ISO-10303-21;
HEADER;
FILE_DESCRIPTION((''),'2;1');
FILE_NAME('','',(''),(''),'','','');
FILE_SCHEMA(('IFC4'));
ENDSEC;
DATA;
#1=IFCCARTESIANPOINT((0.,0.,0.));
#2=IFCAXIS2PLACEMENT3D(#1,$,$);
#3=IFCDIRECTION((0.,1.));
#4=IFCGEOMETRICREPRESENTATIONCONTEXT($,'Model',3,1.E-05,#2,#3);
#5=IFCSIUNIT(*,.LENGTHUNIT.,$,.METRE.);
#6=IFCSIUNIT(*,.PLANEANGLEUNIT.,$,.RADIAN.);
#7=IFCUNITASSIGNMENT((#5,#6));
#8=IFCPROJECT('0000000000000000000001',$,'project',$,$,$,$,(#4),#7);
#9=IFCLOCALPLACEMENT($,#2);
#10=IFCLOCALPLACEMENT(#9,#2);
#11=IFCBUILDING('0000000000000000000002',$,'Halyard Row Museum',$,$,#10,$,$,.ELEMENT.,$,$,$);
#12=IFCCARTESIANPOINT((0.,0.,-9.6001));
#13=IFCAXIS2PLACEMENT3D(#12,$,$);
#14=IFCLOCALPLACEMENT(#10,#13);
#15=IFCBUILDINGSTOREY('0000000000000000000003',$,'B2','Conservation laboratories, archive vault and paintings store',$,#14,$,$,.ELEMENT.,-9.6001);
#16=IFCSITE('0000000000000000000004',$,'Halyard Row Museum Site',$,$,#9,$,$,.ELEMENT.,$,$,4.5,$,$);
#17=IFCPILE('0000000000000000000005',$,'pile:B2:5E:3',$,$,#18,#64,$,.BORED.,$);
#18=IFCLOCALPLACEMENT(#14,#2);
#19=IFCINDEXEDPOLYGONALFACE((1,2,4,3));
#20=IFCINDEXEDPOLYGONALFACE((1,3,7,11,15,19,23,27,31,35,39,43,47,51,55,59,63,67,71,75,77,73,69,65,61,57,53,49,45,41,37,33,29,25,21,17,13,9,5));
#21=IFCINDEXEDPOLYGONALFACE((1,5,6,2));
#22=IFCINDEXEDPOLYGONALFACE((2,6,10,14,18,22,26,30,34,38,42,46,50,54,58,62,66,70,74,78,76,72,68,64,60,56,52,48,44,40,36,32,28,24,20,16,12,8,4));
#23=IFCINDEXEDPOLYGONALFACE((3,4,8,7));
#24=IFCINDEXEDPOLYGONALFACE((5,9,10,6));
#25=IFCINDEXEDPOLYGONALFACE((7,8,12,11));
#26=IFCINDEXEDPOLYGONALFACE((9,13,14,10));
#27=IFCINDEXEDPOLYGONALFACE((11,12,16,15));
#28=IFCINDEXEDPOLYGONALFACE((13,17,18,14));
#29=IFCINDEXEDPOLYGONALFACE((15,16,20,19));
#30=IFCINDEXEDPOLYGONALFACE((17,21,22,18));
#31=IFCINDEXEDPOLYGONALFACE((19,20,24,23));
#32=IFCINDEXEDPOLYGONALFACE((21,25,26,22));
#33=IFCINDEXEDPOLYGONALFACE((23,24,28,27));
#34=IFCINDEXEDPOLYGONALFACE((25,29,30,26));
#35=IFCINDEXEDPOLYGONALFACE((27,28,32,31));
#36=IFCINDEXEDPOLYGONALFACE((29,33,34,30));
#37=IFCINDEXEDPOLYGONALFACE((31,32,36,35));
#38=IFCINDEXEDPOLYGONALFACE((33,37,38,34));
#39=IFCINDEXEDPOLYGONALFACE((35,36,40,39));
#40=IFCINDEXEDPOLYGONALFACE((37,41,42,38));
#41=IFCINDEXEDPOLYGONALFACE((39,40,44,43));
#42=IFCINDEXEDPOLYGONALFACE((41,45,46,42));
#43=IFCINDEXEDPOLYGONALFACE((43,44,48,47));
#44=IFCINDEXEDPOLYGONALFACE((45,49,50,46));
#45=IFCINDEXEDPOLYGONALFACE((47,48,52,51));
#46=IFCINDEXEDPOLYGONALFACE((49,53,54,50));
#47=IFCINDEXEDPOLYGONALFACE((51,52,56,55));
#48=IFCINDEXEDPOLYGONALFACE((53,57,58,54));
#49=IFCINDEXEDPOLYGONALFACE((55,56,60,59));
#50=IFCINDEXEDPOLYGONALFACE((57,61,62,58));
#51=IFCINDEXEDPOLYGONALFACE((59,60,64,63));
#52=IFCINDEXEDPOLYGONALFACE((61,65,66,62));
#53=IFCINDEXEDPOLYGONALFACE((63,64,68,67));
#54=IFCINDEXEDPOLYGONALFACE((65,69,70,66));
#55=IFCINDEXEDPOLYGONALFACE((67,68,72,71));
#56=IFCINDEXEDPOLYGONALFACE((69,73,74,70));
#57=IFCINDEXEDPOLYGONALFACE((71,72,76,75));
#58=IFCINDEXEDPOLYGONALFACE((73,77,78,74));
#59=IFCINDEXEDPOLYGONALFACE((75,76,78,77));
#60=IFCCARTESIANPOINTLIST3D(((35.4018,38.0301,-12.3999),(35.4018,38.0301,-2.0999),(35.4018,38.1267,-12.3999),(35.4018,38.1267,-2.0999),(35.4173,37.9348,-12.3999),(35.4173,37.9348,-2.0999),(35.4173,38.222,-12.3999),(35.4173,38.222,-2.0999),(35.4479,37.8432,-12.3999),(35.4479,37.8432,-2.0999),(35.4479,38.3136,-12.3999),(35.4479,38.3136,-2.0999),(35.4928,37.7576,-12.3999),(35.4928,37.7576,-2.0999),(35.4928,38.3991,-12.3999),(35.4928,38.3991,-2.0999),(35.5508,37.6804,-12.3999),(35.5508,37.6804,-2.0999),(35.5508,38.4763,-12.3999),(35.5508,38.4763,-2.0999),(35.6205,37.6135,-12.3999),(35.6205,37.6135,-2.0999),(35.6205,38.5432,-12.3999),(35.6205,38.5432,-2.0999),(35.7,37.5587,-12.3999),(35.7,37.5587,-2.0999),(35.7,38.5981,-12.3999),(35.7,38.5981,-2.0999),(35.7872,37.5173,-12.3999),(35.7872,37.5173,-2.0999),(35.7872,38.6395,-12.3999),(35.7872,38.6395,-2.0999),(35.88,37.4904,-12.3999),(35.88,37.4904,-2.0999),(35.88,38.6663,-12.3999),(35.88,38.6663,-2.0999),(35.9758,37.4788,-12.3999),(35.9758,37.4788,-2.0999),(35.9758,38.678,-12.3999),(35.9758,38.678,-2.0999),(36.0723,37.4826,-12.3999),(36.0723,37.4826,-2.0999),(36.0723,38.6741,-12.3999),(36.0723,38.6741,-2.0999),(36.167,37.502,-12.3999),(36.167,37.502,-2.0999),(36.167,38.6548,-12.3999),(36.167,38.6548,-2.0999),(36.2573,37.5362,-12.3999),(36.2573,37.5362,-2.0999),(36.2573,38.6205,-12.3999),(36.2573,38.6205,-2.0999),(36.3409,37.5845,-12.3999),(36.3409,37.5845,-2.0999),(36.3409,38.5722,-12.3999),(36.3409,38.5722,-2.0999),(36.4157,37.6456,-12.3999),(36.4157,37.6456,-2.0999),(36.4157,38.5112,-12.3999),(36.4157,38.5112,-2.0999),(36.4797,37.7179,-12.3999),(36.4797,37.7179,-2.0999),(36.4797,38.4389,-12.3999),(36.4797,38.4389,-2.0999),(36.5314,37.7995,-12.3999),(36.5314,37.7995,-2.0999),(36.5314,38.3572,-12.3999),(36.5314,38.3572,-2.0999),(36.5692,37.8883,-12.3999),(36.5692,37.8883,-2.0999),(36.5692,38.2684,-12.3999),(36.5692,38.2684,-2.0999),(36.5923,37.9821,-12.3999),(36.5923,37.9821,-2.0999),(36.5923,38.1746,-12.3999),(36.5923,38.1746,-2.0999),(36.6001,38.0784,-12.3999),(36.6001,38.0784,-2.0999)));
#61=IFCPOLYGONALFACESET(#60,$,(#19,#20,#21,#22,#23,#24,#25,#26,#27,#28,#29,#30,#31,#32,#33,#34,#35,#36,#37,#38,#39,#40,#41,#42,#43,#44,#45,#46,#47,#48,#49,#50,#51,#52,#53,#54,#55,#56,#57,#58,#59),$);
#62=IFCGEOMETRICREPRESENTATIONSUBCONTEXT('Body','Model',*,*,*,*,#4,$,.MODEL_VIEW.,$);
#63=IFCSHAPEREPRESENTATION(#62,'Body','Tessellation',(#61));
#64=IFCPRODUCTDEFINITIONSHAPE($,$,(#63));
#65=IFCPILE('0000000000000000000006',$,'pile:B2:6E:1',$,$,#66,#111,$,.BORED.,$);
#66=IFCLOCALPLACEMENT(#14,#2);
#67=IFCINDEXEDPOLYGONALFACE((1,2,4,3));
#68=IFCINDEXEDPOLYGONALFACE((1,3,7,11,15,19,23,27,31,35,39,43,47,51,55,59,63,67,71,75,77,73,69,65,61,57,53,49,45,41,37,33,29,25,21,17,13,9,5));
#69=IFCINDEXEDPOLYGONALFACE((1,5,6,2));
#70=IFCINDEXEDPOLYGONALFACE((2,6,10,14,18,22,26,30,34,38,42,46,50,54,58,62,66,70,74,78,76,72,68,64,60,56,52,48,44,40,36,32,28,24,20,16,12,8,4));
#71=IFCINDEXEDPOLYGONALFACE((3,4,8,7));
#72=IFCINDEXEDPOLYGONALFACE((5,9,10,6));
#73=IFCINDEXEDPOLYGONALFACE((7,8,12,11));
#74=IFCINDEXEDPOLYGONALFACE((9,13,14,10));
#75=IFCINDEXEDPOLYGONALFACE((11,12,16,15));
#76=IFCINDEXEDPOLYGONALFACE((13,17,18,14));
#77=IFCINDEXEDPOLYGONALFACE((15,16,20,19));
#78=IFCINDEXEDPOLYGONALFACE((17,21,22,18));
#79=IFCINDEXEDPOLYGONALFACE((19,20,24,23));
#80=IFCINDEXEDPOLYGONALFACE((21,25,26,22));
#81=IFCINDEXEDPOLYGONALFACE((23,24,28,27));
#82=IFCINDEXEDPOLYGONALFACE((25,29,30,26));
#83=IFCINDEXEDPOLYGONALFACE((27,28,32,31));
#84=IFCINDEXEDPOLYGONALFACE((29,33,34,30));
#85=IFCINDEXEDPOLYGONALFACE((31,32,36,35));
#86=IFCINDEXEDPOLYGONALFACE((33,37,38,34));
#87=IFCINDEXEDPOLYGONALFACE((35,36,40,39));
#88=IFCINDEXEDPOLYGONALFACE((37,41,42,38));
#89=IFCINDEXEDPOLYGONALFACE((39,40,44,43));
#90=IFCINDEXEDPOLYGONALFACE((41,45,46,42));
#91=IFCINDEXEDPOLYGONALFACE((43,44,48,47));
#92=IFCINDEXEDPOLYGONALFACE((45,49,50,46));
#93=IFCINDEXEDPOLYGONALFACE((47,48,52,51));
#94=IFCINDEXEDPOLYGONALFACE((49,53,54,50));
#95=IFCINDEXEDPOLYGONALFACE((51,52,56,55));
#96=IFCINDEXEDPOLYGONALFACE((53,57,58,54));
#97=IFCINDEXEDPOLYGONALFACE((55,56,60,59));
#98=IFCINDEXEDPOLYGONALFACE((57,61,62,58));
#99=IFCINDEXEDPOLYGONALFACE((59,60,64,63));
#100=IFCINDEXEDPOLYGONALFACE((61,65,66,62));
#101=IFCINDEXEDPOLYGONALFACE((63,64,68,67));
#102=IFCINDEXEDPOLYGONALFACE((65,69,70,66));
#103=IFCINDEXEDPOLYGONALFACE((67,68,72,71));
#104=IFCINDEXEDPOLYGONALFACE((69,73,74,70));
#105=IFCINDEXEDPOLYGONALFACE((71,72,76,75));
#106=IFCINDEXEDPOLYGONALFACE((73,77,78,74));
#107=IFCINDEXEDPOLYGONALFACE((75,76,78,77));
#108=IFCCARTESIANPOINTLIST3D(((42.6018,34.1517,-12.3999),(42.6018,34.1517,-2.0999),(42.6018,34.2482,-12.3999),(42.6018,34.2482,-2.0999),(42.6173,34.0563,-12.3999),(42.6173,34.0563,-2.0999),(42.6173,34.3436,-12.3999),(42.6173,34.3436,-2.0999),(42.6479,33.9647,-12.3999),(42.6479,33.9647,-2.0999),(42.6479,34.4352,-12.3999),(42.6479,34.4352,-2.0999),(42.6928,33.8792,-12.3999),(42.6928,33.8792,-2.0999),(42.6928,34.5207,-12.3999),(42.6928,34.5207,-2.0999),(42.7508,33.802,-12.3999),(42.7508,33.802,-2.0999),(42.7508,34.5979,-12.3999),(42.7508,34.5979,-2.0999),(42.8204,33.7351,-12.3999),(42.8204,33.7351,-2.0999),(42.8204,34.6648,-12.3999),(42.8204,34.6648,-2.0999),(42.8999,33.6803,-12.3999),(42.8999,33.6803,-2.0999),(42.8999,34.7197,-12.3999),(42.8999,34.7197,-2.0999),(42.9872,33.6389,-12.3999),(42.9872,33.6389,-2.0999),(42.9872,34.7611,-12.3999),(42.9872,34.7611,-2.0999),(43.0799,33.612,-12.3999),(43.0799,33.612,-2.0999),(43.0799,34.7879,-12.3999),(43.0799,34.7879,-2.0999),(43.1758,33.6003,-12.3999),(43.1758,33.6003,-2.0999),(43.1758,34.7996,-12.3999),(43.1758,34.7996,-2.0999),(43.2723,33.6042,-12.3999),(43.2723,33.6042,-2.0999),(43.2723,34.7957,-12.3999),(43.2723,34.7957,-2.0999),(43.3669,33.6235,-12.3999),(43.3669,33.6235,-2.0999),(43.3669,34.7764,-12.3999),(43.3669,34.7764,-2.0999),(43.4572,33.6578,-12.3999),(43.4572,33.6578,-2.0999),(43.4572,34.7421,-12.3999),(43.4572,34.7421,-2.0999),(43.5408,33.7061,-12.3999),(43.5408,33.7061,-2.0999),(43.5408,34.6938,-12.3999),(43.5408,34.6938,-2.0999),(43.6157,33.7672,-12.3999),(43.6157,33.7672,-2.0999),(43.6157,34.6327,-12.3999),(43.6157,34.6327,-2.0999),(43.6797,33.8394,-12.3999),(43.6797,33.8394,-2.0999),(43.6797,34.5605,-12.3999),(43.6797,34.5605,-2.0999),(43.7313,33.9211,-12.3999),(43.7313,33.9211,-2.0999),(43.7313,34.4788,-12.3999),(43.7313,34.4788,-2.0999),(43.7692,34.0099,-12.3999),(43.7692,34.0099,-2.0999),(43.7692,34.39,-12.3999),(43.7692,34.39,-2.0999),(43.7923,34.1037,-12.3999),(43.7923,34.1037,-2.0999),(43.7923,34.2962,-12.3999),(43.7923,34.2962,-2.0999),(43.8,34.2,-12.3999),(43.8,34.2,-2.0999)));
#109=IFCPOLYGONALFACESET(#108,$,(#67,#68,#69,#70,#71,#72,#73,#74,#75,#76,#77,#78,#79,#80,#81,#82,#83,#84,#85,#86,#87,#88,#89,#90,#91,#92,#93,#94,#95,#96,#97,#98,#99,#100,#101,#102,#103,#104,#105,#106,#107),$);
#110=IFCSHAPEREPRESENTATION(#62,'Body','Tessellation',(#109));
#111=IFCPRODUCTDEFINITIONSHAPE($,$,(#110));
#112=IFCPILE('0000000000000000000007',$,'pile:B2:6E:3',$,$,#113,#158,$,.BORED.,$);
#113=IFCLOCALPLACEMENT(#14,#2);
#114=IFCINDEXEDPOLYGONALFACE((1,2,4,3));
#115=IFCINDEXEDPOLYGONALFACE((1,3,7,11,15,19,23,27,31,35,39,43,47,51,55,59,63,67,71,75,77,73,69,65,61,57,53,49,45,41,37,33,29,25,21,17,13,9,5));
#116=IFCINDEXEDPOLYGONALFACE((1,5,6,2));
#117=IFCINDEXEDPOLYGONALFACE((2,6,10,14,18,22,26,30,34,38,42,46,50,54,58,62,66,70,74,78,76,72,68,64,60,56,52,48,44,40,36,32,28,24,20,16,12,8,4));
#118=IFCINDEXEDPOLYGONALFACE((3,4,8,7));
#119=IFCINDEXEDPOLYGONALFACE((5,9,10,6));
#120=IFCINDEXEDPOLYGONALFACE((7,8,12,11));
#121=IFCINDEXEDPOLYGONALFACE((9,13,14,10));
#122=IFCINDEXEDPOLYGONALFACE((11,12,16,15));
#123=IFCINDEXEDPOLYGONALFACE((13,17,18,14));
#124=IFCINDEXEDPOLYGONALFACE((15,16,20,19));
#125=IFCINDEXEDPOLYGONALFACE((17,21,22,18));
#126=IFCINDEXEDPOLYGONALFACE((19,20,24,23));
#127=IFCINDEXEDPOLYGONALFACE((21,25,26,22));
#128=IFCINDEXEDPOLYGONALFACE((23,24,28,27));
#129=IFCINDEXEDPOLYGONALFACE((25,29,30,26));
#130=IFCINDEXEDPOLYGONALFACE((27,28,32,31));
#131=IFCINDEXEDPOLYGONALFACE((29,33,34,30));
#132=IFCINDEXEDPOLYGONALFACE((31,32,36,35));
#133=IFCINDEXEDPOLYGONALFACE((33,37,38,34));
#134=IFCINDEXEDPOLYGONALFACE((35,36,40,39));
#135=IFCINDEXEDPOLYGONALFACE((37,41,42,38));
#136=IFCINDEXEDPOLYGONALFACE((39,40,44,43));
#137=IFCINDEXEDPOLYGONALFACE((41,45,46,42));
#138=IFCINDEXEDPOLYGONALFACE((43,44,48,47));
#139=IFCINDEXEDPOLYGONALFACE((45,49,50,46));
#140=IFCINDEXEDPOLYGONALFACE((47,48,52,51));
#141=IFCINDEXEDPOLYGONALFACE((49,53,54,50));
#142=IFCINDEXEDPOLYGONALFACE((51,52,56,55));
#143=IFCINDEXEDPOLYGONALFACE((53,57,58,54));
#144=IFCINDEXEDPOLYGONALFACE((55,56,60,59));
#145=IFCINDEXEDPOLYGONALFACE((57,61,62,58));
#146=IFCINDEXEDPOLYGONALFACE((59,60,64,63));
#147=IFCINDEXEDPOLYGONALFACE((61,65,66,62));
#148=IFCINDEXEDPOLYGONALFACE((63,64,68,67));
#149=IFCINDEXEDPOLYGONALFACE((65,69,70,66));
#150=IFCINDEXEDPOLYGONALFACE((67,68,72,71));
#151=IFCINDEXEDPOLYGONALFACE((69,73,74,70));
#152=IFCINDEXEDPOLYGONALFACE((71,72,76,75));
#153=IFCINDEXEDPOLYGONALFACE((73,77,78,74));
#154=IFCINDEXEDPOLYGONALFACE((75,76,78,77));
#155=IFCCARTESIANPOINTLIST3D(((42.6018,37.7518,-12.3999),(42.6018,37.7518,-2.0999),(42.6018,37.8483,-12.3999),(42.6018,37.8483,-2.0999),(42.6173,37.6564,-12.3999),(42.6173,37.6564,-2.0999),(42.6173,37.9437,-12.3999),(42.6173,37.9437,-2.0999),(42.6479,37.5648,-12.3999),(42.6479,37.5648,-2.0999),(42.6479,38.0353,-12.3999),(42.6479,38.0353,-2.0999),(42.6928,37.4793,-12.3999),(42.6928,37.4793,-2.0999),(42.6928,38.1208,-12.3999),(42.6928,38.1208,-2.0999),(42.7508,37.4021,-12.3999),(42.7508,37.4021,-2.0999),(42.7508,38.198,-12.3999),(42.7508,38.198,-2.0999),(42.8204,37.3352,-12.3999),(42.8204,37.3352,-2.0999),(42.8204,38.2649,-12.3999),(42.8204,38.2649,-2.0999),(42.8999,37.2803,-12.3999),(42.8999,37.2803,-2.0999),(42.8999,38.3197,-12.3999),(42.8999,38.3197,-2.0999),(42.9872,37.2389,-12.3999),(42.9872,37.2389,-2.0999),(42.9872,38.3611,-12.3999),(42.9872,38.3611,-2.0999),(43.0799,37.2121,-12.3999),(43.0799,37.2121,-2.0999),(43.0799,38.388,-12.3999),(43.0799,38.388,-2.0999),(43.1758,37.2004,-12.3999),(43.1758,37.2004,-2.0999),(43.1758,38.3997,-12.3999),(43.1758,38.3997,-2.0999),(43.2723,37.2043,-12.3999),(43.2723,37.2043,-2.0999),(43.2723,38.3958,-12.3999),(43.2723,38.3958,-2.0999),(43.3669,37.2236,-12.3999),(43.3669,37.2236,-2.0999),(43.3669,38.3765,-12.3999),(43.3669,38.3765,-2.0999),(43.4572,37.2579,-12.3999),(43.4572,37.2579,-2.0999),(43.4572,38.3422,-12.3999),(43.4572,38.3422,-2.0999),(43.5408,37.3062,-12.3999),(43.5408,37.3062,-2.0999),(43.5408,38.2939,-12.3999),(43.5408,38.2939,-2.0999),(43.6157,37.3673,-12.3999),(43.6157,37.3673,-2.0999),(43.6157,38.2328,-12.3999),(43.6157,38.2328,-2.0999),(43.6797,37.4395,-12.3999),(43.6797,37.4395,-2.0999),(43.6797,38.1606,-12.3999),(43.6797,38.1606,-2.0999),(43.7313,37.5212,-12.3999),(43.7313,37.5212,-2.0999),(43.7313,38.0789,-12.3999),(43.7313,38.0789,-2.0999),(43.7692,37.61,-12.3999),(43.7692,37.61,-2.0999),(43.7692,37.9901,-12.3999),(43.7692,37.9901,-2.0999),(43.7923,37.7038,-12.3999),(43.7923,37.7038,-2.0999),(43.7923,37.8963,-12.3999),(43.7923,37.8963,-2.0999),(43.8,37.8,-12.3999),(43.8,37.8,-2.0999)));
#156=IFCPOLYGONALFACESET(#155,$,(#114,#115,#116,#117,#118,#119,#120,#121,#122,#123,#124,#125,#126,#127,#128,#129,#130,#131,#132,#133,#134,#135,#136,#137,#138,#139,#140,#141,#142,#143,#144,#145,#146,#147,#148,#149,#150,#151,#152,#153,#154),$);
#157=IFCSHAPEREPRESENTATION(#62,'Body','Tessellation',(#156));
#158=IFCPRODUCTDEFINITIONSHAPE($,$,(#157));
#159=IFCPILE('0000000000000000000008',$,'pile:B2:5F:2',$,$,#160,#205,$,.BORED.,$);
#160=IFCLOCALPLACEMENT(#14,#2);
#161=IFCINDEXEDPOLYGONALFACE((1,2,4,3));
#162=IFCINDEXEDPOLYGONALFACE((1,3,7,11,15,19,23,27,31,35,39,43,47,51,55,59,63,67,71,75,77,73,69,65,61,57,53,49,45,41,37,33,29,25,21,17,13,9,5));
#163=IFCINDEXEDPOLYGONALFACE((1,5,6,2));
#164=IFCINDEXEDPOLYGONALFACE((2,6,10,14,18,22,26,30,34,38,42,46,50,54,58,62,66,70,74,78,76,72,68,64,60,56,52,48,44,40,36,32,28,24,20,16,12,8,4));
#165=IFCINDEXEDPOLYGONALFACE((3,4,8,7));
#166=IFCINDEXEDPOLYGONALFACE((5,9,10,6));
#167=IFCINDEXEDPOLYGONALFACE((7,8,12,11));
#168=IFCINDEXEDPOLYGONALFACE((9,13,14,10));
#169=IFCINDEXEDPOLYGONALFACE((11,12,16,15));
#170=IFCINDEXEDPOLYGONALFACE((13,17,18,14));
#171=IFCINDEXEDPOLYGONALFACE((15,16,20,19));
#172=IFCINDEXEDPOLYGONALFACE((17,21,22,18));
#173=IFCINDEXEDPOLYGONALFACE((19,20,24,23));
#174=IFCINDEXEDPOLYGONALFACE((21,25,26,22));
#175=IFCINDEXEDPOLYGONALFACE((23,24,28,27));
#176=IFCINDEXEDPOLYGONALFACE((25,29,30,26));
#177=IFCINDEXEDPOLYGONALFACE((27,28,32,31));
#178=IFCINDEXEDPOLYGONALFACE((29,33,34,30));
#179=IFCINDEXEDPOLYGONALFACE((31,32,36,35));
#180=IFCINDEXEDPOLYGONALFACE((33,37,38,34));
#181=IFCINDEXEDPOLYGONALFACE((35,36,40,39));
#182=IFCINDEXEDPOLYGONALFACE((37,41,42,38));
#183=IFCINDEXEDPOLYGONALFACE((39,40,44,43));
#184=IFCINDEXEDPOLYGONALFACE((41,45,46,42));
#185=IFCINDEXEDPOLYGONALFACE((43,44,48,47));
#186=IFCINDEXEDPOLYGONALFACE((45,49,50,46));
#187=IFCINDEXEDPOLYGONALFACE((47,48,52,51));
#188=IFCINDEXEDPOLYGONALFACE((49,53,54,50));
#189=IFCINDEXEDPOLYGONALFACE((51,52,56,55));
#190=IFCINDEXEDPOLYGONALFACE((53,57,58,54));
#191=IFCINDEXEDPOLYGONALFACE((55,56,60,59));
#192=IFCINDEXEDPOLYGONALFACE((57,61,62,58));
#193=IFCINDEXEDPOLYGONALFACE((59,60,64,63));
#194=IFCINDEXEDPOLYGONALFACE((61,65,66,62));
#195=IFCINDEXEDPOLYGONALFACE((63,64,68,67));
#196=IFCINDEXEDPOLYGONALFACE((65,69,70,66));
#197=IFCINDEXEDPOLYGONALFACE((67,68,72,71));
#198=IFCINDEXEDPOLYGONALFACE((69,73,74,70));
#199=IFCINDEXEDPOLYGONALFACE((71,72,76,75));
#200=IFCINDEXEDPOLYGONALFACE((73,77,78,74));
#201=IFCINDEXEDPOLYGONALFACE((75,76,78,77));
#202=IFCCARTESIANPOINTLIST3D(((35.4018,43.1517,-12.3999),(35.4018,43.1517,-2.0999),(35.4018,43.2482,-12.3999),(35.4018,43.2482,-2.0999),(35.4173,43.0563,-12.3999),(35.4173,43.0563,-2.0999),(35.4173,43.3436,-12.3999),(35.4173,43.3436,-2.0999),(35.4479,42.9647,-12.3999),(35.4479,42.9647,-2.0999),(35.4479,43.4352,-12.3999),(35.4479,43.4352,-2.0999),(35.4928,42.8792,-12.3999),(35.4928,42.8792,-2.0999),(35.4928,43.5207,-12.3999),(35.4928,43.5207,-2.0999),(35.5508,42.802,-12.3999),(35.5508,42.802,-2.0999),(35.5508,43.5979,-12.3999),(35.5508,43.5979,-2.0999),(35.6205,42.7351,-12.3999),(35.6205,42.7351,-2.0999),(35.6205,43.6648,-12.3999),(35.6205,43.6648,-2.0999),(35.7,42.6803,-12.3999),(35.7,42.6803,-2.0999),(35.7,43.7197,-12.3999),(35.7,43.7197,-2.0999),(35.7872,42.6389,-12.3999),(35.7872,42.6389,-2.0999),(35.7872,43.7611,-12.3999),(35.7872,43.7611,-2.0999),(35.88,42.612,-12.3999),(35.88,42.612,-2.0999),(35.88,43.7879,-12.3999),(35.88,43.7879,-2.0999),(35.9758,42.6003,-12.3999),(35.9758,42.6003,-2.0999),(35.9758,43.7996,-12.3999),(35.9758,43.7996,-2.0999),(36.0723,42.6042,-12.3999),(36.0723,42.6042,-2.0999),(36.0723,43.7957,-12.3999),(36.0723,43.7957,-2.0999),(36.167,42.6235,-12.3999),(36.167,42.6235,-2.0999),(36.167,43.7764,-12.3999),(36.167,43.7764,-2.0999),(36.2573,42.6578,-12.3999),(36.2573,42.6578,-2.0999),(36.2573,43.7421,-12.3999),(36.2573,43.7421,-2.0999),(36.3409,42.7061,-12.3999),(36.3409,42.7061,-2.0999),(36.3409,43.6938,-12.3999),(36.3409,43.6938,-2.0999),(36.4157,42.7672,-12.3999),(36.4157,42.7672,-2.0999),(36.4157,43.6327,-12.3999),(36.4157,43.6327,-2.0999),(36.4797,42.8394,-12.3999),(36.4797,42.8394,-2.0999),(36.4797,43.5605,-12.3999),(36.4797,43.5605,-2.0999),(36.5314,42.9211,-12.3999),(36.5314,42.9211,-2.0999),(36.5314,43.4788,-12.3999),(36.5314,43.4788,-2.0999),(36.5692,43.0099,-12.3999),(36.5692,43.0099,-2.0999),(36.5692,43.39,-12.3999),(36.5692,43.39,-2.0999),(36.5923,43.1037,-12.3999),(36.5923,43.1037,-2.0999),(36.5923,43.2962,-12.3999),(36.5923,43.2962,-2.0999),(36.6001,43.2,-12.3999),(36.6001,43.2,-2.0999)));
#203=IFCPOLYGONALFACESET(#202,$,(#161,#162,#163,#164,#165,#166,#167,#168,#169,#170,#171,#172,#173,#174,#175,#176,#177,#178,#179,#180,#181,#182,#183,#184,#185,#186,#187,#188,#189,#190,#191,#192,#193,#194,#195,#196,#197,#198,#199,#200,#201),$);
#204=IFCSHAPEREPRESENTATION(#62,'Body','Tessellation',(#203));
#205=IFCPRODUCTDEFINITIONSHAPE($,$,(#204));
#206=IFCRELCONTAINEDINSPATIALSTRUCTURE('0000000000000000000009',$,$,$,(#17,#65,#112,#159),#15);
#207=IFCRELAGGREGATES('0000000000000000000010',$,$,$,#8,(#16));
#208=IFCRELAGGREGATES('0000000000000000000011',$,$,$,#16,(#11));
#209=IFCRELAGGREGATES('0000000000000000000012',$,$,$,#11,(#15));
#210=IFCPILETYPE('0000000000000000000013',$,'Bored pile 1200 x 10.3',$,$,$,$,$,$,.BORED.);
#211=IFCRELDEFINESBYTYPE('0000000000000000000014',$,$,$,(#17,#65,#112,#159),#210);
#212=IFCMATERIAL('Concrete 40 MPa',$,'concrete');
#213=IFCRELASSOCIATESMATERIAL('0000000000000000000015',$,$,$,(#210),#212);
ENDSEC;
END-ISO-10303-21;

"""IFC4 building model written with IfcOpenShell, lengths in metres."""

from ifc_helpers import new_model, si_unit, direction, frame, origin, origin_2d, place, context, subcontext, project, spatial, circle, extrude, material, material_profile, profile_set, type_object, element, save


model = new_model("IFC4")

# Units and contexts
model_context = context("Model", 3, precision=1e-05, world=origin(), true_north=direction((0.0, 1.0)))
body_context = subcontext(model_context, "Body", "Model", "MODEL_VIEW")
ifc_project = project(units=[si_unit("LENGTHUNIT", "METRE"), si_unit("PLANEANGLEUNIT", "RADIAN")], contexts=[model_context])

# Site, building, storey
site_placement = place(None, origin())
site = spatial("IfcSite", under=ifc_project, at=site_placement, Name="Halyard Row Museum Site", CompositionType="ELEMENT", RefElevation=4.5)
building_placement = place(site_placement, origin())
building = spatial("IfcBuilding", under=site, at=building_placement, Name="Halyard Row Museum", CompositionType="ELEMENT")
storey_placement = place(building_placement, frame((0.0, 0.0, -9.6001)))
storey = spatial("IfcBuildingStorey", under=building, at=storey_placement, Name="B2", Description="Conservation laboratories, archive vault and paintings store", CompositionType="ELEMENT", Elevation=-9.6001)

# Piles
ifc_material_1 = material(Name="Concrete 40 MPa", Category="concrete")
ifc_material_profile_1 = material_profile(ifc_material_1, circle(Radius=0.6001, at=origin_2d()), Name="Bored pile 1200 x 10.3")
ifc_profile_set_1 = profile_set([ifc_material_profile_1], Name="Concrete 40 MPa")
pile_type_1 = type_object("IfcPileType", Name="Bored pile 1200 x 10.3", PredefinedType="BORED", material=ifc_profile_set_1)
for number, where, z_axis, x_axis, name in (
    (1, (36.0, 38.0784, -2.0999), (0.0, 0.0, -1.0), (1.0, 0.0, 0.0), "pile:B2:5E:3"),
    (2, (43.2, 34.2, -2.0999), (0.0, 0.0, -1.0), (1.0, 0.0, 0.0), "pile:B2:6E:1"),
    (3, (43.2, 37.8, -2.0999), (0.0, 0.0, -1.0), (1.0, 0.0, 0.0), "pile:B2:6E:3"),
    (4, (36.0, 43.2, -2.0999), (0.0, 0.0, -1.0), (1.0, 0.0, 0.0), "pile:B2:5F:2"),
):
    element("IfcPile", number, at=place(storey_placement, frame(where, z_axis=z_axis, x_axis=x_axis)), inside=storey, type_object=pile_type_1, Name=name, PredefinedType="BORED", context=body_context, shape_type="SweptSolid", body=[
        extrude(circle(Radius=0.6001, at=origin_2d()), origin(), (0.0, 0.0, 1.0), 10.3),
    ])

save(model, "model.ifc")
